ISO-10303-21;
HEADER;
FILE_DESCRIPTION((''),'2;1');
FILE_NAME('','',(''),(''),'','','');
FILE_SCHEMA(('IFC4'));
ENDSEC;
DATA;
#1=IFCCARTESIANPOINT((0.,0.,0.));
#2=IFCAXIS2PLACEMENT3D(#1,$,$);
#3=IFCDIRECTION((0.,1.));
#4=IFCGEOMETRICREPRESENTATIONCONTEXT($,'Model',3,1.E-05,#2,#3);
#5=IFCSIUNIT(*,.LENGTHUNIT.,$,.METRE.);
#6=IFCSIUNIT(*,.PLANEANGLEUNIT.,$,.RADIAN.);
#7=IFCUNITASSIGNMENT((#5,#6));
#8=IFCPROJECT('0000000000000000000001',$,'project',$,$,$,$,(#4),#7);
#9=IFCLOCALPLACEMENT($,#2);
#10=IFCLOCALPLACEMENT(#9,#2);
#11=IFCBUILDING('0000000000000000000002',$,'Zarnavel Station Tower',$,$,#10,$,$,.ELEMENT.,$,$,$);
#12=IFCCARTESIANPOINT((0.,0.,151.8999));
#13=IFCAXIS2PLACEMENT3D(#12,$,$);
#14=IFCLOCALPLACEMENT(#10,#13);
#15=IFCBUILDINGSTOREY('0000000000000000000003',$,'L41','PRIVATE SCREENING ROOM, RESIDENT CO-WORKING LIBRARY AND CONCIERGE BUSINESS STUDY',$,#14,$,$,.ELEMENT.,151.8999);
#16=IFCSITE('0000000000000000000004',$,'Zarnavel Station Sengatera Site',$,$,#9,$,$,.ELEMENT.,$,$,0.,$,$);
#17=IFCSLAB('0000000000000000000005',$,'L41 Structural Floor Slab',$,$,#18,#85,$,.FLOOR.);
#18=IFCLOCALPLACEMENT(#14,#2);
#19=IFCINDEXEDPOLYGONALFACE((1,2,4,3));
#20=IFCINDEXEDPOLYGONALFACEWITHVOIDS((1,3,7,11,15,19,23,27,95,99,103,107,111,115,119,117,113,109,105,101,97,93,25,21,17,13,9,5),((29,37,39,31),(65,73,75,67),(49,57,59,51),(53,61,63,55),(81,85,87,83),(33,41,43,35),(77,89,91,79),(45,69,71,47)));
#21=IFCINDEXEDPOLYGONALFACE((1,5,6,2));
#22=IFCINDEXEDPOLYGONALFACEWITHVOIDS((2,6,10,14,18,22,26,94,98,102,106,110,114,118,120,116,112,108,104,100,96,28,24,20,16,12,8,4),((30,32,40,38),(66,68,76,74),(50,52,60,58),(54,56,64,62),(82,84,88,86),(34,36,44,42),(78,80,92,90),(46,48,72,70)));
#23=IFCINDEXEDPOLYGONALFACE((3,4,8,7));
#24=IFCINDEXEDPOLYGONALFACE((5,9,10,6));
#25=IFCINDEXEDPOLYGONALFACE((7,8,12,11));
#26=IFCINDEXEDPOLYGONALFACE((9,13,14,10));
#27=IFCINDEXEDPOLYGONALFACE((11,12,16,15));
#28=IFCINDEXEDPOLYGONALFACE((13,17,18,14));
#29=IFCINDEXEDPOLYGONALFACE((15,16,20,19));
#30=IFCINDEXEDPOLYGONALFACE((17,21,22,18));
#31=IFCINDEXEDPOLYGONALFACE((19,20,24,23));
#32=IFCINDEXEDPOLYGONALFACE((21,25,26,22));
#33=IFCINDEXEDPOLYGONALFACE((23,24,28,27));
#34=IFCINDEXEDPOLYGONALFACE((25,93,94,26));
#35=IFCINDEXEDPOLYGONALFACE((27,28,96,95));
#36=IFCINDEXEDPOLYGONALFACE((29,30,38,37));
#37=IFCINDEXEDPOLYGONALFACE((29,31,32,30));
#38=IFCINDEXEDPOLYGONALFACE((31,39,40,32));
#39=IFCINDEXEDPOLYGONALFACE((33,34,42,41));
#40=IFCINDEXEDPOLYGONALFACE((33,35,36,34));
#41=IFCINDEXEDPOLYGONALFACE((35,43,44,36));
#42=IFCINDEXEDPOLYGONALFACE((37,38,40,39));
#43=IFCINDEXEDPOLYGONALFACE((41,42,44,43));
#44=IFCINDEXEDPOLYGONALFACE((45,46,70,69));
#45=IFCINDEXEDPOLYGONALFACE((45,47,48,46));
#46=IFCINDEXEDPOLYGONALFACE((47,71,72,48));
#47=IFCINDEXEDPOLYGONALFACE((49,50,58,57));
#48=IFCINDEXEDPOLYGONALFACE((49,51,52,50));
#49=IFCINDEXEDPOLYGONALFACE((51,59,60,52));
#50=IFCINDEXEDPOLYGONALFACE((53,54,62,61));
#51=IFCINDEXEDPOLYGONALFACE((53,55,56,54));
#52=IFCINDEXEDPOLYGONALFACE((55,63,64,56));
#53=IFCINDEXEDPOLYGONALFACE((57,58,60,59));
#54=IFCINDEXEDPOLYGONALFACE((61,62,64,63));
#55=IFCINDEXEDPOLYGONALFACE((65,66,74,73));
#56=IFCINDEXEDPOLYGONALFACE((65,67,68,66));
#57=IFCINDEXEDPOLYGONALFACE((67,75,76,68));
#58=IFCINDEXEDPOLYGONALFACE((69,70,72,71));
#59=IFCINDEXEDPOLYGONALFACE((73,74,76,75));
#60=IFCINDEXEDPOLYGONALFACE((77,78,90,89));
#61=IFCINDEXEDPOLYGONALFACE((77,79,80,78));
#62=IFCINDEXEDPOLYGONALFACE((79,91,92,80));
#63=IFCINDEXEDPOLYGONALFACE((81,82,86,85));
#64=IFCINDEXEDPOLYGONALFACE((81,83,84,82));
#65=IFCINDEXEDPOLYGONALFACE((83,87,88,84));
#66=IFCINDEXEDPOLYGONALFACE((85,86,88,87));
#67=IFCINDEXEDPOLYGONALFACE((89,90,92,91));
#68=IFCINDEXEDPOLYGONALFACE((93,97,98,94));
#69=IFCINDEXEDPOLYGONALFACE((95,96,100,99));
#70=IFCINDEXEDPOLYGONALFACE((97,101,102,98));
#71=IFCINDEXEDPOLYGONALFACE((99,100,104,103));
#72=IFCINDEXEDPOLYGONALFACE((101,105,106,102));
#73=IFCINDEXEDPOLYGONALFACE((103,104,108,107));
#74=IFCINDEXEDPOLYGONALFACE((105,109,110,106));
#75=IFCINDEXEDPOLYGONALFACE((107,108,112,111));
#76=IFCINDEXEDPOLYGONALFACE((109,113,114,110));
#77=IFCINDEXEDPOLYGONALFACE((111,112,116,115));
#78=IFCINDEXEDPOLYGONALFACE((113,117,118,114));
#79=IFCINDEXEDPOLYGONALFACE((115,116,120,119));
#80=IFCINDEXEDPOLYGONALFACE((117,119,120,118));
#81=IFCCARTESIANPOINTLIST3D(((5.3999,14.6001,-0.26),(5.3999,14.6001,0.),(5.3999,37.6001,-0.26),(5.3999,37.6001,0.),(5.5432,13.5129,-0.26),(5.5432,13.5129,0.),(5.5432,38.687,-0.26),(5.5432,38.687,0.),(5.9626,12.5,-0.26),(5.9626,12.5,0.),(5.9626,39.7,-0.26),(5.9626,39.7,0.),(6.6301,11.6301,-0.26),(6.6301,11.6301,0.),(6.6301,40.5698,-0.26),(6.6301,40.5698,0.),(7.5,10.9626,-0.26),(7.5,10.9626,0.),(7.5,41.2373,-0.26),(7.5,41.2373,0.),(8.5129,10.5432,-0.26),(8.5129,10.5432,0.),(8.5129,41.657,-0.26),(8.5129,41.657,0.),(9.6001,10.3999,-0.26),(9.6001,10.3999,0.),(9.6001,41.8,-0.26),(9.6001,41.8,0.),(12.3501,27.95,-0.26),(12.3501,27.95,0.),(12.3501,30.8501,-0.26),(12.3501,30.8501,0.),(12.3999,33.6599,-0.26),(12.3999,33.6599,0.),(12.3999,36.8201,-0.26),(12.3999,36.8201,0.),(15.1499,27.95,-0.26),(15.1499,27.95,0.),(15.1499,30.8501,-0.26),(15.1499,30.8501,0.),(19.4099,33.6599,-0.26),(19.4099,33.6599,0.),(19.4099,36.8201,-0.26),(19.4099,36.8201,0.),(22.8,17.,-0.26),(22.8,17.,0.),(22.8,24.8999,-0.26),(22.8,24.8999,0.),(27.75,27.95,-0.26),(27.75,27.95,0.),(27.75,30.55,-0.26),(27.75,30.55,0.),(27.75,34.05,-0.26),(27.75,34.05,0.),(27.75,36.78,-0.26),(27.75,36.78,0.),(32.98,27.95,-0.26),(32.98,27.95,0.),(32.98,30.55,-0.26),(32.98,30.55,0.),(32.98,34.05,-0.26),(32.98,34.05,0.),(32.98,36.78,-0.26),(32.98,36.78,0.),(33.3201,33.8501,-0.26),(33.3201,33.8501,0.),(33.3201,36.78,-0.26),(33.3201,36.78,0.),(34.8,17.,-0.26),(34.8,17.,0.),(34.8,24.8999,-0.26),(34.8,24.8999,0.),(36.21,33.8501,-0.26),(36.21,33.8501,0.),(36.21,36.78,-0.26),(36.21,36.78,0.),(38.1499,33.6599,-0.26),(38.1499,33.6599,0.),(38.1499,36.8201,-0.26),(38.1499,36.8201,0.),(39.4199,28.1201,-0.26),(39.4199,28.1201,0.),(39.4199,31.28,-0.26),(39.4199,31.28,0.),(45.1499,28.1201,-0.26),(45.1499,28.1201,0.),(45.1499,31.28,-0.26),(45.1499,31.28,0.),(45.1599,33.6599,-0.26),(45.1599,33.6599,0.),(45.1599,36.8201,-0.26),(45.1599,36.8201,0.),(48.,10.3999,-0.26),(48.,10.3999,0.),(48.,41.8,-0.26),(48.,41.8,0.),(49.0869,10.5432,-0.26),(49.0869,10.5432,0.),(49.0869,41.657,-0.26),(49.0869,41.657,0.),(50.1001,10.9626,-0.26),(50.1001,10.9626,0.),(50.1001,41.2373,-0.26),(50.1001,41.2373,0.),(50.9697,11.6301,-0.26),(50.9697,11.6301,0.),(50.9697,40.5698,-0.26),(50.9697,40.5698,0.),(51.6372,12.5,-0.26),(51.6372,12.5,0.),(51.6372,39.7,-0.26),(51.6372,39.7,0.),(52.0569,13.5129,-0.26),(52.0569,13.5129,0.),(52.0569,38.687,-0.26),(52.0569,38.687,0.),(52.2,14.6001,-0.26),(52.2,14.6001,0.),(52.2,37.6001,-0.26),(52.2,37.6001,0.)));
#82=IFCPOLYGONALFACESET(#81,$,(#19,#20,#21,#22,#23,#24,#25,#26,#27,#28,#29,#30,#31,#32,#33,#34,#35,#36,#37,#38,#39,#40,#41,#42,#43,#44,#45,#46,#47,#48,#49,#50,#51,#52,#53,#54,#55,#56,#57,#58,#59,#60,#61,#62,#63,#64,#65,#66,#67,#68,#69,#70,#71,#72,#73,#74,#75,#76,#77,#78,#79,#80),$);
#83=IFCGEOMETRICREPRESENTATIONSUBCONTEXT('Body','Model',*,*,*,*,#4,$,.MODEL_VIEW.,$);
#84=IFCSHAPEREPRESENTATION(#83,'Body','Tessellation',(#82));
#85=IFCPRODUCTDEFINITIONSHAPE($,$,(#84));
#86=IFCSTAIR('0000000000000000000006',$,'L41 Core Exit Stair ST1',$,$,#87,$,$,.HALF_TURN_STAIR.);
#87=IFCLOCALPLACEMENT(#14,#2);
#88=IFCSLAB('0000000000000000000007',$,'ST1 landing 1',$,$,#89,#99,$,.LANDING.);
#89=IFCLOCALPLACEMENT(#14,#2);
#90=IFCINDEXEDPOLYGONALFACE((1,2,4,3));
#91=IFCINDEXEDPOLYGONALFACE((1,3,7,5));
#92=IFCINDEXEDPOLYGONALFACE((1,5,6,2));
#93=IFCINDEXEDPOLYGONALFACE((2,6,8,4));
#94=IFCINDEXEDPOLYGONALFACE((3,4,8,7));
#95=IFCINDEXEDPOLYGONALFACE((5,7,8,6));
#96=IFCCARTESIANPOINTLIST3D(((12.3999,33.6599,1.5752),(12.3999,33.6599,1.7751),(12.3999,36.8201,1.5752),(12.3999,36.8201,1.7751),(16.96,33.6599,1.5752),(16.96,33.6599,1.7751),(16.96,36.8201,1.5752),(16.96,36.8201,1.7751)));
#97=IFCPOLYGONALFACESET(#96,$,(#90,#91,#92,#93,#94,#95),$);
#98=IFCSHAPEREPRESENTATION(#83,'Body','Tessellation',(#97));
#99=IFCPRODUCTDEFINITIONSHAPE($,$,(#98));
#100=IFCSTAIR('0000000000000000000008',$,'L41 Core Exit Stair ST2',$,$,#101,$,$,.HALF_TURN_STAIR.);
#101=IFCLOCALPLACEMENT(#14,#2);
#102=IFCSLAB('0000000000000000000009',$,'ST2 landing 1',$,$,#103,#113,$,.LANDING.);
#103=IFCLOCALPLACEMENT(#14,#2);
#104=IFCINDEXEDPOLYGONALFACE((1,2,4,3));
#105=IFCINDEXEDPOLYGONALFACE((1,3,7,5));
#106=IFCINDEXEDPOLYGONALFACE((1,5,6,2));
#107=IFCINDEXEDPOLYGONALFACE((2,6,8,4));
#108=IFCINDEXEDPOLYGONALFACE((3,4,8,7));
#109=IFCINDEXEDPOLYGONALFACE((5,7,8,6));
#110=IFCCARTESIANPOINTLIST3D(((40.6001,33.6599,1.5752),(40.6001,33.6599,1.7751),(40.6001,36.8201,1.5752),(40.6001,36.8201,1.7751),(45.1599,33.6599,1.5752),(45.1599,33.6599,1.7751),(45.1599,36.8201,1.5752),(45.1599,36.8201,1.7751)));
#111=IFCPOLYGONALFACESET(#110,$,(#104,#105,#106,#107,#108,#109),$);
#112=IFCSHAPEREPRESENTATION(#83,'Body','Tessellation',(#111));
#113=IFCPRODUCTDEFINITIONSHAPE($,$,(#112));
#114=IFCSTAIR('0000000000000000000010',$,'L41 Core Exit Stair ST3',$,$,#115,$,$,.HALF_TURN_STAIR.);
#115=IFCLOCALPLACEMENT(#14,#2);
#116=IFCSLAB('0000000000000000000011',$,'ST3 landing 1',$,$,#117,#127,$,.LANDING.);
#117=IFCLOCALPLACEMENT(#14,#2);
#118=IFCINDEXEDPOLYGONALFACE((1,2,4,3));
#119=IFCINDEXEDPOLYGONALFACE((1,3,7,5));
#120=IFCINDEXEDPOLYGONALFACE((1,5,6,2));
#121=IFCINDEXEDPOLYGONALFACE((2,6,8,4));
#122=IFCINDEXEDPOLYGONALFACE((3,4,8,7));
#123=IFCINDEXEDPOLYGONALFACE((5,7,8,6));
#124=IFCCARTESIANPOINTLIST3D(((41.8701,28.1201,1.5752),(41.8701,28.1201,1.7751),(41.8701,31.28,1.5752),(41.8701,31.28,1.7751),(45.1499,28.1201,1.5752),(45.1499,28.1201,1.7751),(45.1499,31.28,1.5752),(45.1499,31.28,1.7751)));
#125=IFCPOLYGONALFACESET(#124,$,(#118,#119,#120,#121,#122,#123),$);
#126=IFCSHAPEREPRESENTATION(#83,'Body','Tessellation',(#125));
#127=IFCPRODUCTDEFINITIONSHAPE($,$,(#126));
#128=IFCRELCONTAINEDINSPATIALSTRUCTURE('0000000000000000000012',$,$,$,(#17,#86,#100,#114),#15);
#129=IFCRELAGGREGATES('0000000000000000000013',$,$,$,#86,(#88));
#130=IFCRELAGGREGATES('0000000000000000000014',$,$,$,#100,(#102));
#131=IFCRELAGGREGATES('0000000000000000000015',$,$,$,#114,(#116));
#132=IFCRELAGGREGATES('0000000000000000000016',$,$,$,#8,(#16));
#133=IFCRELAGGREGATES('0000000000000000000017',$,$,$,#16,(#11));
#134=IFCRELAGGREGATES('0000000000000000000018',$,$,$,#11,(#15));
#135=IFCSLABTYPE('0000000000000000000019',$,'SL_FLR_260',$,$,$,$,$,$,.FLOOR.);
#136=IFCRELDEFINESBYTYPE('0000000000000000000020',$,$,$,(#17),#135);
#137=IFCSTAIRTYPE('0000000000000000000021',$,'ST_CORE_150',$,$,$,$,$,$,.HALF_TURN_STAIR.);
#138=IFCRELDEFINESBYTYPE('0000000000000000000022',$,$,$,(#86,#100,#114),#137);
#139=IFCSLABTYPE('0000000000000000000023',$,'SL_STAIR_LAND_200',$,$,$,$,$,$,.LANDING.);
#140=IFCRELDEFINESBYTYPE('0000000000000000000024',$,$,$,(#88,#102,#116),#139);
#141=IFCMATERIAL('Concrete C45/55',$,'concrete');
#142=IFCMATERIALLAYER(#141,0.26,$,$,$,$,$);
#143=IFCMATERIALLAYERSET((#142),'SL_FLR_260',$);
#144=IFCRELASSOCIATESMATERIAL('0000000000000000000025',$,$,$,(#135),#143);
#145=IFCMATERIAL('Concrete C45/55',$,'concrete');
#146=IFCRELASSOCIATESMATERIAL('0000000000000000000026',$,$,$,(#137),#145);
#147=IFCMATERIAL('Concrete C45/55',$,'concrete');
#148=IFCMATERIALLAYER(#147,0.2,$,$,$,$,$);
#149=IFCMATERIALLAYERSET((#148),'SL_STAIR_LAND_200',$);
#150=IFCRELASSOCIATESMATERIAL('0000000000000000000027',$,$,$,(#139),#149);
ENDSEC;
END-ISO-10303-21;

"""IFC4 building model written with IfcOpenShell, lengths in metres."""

from ifc_helpers import new_model, si_unit, direction, frame, origin, place, context, subcontext, project, spatial, polyline, outline, extrude, material, layer, layer_set, type_object, element, aggregate, save


model = new_model("IFC4")

# Units and contexts
model_context = context("Model", 3, precision=1e-05, world=origin(), true_north=direction((0.0, 1.0)))
body_context = subcontext(model_context, "Body", "Model", "MODEL_VIEW")
ifc_project = project(units=[si_unit("LENGTHUNIT", "METRE"), si_unit("PLANEANGLEUNIT", "RADIAN")], contexts=[model_context])

# Site, building, storey
site_placement = place(None, origin())
site = spatial("IfcSite", under=ifc_project, at=site_placement, Name="Zarnavel Station Sengatera Site", CompositionType="ELEMENT", RefElevation=0.0)
building_placement = place(site_placement, origin())
building = spatial("IfcBuilding", under=site, at=building_placement, Name="Zarnavel Station Tower", CompositionType="ELEMENT")
storey_placement = place(building_placement, frame((0.0, 0.0, 151.8999)))
storey = spatial("IfcBuildingStorey", under=building, at=storey_placement, Name="L41", Description="PRIVATE SCREENING ROOM, RESIDENT CO-WORKING LIBRARY AND CONCIERGE BUSINESS STUDY", CompositionType="ELEMENT", Elevation=151.8999)

# Slab
ifc_material_1 = material(Name="Concrete C45/55", Category="concrete")
ifc_layer_1 = layer(ifc_material_1, 0.26)
ifc_layer_set_1 = layer_set([ifc_layer_1], Name="SL_FLR_260")
slab_type_1 = type_object("IfcSlabType", Name="SL_FLR_260", PredefinedType="FLOOR", material=ifc_layer_set_1)
slab_1_placement = place(storey_placement, frame((0.0, 0.0, -0.26)))
element("IfcSlab", 1, at=slab_1_placement, inside=storey, type_object=slab_type_1, Name="L41 Structural Floor Slab", PredefinedType="FLOOR", context=body_context, shape_type="SweptSolid", body=[
    extrude(outline(polyline([(48.0, 10.3999), (49.0869, 10.5432), (50.1001, 10.9626), (50.9697, 11.6301), (51.6372, 12.5), (52.0569, 13.5129), (52.2, 14.6001), (52.2, 37.6001), (52.0569, 38.687), (51.6372, 39.7), (50.9697, 40.5698), (50.1001, 41.2373), (49.0869, 41.657), (48.0, 41.8), (9.6001, 41.8), (8.5129, 41.657), (7.5, 41.2373), (6.6301, 40.5698), (5.9626, 39.7), (5.5432, 38.687), (5.3999, 37.6001), (5.3999, 14.6001), (5.5432, 13.5129), (5.9626, 12.5), (6.6301, 11.6301), (7.5, 10.9626), (8.5129, 10.5432), (9.6001, 10.3999), (48.0, 10.3999)]), holes=[polyline([(12.3999, 33.6599), (19.4099, 33.6599), (19.4099, 36.8201), (12.3999, 36.8201), (12.3999, 33.6599)]), polyline([(38.1499, 33.6599), (45.1599, 33.6599), (45.1599, 36.8201), (38.1499, 36.8201), (38.1499, 33.6599)]), polyline([(39.4199, 28.1201), (45.1499, 28.1201), (45.1499, 31.28), (39.4199, 31.28), (39.4199, 28.1201)]), polyline([(12.3501, 27.95), (15.1499, 27.95), (15.1499, 30.8501), (12.3501, 30.8501), (12.3501, 27.95)]), polyline([(33.3201, 33.8501), (36.21, 33.8501), (36.21, 36.78), (33.3201, 36.78), (33.3201, 33.8501)]), polyline([(27.75, 34.05), (32.98, 34.05), (32.98, 36.78), (27.75, 36.78), (27.75, 34.05)]), polyline([(27.75, 27.95), (32.98, 27.95), (32.98, 30.55), (27.75, 30.55), (27.75, 27.95)]), polyline([(22.8, 17.0), (34.8, 17.0), (34.8, 24.8999), (22.8, 24.8999), (22.8, 17.0)])]), origin(), (0.0, 0.0, 1.0), 0.26),
])

# Stairs, slabs
ifc_material_2 = material(Name="Concrete C45/55", Category="concrete")
stair_type = type_object("IfcStairType", Name="ST_CORE_150", PredefinedType="HALF_TURN_STAIR", material=ifc_material_2)
stair_1_placement = place(storey_placement, origin())
stair_1 = element("IfcStair", 2, at=stair_1_placement, inside=storey, type_object=stair_type, Name="L41 Core Exit Stair ST1", PredefinedType="HALF_TURN_STAIR")
ifc_material_3 = material(Name="Concrete C45/55", Category="concrete")
ifc_layer_2 = layer(ifc_material_3, 0.2)
ifc_layer_set_2 = layer_set([ifc_layer_2], Name="SL_STAIR_LAND_200")
slab_type_2 = type_object("IfcSlabType", Name="SL_STAIR_LAND_200", PredefinedType="LANDING", material=ifc_layer_set_2)
slab_2_placement = place(storey_placement, frame((0.0, 0.0, 1.5752)))
slab_2 = element("IfcSlab", 3, at=slab_2_placement, type_object=slab_type_2, Name="ST1 landing 1", PredefinedType="LANDING", context=body_context, shape_type="SweptSolid", body=[
    extrude(outline(polyline([(16.96, 36.8201), (12.3999, 36.8201), (12.3999, 33.6599), (16.96, 33.6599), (16.96, 36.8201)])), origin(), (0.0, 0.0, 1.0), 0.2),
])
aggregate(stair_1, [slab_2])
stair_2_placement = place(storey_placement, origin())
stair_2 = element("IfcStair", 4, at=stair_2_placement, inside=storey, type_object=stair_type, Name="L41 Core Exit Stair ST2", PredefinedType="HALF_TURN_STAIR")
slab_3_placement = place(storey_placement, frame((0.0, 0.0, 1.5752)))
slab_3 = element("IfcSlab", 5, at=slab_3_placement, type_object=slab_type_2, Name="ST2 landing 1", PredefinedType="LANDING", context=body_context, shape_type="SweptSolid", body=[
    extrude(outline(polyline([(40.6001, 33.6599), (45.1599, 33.6599), (45.1599, 36.8201), (40.6001, 36.8201), (40.6001, 33.6599)])), origin(), (0.0, 0.0, 1.0), 0.2),
])
aggregate(stair_2, [slab_3])
stair_3_placement = place(storey_placement, origin())
stair_3 = element("IfcStair", 6, at=stair_3_placement, inside=storey, type_object=stair_type, Name="L41 Core Exit Stair ST3", PredefinedType="HALF_TURN_STAIR")
slab_4_placement = place(storey_placement, frame((0.0, 0.0, 1.5752)))
slab_4 = element("IfcSlab", 7, at=slab_4_placement, type_object=slab_type_2, Name="ST3 landing 1", PredefinedType="LANDING", context=body_context, shape_type="SweptSolid", body=[
    extrude(outline(polyline([(41.8701, 28.1201), (45.1499, 28.1201), (45.1499, 31.28), (41.8701, 31.28), (41.8701, 28.1201)])), origin(), (0.0, 0.0, 1.0), 0.2),
])
aggregate(stair_3, [slab_4])

save(model, "model.ifc")
